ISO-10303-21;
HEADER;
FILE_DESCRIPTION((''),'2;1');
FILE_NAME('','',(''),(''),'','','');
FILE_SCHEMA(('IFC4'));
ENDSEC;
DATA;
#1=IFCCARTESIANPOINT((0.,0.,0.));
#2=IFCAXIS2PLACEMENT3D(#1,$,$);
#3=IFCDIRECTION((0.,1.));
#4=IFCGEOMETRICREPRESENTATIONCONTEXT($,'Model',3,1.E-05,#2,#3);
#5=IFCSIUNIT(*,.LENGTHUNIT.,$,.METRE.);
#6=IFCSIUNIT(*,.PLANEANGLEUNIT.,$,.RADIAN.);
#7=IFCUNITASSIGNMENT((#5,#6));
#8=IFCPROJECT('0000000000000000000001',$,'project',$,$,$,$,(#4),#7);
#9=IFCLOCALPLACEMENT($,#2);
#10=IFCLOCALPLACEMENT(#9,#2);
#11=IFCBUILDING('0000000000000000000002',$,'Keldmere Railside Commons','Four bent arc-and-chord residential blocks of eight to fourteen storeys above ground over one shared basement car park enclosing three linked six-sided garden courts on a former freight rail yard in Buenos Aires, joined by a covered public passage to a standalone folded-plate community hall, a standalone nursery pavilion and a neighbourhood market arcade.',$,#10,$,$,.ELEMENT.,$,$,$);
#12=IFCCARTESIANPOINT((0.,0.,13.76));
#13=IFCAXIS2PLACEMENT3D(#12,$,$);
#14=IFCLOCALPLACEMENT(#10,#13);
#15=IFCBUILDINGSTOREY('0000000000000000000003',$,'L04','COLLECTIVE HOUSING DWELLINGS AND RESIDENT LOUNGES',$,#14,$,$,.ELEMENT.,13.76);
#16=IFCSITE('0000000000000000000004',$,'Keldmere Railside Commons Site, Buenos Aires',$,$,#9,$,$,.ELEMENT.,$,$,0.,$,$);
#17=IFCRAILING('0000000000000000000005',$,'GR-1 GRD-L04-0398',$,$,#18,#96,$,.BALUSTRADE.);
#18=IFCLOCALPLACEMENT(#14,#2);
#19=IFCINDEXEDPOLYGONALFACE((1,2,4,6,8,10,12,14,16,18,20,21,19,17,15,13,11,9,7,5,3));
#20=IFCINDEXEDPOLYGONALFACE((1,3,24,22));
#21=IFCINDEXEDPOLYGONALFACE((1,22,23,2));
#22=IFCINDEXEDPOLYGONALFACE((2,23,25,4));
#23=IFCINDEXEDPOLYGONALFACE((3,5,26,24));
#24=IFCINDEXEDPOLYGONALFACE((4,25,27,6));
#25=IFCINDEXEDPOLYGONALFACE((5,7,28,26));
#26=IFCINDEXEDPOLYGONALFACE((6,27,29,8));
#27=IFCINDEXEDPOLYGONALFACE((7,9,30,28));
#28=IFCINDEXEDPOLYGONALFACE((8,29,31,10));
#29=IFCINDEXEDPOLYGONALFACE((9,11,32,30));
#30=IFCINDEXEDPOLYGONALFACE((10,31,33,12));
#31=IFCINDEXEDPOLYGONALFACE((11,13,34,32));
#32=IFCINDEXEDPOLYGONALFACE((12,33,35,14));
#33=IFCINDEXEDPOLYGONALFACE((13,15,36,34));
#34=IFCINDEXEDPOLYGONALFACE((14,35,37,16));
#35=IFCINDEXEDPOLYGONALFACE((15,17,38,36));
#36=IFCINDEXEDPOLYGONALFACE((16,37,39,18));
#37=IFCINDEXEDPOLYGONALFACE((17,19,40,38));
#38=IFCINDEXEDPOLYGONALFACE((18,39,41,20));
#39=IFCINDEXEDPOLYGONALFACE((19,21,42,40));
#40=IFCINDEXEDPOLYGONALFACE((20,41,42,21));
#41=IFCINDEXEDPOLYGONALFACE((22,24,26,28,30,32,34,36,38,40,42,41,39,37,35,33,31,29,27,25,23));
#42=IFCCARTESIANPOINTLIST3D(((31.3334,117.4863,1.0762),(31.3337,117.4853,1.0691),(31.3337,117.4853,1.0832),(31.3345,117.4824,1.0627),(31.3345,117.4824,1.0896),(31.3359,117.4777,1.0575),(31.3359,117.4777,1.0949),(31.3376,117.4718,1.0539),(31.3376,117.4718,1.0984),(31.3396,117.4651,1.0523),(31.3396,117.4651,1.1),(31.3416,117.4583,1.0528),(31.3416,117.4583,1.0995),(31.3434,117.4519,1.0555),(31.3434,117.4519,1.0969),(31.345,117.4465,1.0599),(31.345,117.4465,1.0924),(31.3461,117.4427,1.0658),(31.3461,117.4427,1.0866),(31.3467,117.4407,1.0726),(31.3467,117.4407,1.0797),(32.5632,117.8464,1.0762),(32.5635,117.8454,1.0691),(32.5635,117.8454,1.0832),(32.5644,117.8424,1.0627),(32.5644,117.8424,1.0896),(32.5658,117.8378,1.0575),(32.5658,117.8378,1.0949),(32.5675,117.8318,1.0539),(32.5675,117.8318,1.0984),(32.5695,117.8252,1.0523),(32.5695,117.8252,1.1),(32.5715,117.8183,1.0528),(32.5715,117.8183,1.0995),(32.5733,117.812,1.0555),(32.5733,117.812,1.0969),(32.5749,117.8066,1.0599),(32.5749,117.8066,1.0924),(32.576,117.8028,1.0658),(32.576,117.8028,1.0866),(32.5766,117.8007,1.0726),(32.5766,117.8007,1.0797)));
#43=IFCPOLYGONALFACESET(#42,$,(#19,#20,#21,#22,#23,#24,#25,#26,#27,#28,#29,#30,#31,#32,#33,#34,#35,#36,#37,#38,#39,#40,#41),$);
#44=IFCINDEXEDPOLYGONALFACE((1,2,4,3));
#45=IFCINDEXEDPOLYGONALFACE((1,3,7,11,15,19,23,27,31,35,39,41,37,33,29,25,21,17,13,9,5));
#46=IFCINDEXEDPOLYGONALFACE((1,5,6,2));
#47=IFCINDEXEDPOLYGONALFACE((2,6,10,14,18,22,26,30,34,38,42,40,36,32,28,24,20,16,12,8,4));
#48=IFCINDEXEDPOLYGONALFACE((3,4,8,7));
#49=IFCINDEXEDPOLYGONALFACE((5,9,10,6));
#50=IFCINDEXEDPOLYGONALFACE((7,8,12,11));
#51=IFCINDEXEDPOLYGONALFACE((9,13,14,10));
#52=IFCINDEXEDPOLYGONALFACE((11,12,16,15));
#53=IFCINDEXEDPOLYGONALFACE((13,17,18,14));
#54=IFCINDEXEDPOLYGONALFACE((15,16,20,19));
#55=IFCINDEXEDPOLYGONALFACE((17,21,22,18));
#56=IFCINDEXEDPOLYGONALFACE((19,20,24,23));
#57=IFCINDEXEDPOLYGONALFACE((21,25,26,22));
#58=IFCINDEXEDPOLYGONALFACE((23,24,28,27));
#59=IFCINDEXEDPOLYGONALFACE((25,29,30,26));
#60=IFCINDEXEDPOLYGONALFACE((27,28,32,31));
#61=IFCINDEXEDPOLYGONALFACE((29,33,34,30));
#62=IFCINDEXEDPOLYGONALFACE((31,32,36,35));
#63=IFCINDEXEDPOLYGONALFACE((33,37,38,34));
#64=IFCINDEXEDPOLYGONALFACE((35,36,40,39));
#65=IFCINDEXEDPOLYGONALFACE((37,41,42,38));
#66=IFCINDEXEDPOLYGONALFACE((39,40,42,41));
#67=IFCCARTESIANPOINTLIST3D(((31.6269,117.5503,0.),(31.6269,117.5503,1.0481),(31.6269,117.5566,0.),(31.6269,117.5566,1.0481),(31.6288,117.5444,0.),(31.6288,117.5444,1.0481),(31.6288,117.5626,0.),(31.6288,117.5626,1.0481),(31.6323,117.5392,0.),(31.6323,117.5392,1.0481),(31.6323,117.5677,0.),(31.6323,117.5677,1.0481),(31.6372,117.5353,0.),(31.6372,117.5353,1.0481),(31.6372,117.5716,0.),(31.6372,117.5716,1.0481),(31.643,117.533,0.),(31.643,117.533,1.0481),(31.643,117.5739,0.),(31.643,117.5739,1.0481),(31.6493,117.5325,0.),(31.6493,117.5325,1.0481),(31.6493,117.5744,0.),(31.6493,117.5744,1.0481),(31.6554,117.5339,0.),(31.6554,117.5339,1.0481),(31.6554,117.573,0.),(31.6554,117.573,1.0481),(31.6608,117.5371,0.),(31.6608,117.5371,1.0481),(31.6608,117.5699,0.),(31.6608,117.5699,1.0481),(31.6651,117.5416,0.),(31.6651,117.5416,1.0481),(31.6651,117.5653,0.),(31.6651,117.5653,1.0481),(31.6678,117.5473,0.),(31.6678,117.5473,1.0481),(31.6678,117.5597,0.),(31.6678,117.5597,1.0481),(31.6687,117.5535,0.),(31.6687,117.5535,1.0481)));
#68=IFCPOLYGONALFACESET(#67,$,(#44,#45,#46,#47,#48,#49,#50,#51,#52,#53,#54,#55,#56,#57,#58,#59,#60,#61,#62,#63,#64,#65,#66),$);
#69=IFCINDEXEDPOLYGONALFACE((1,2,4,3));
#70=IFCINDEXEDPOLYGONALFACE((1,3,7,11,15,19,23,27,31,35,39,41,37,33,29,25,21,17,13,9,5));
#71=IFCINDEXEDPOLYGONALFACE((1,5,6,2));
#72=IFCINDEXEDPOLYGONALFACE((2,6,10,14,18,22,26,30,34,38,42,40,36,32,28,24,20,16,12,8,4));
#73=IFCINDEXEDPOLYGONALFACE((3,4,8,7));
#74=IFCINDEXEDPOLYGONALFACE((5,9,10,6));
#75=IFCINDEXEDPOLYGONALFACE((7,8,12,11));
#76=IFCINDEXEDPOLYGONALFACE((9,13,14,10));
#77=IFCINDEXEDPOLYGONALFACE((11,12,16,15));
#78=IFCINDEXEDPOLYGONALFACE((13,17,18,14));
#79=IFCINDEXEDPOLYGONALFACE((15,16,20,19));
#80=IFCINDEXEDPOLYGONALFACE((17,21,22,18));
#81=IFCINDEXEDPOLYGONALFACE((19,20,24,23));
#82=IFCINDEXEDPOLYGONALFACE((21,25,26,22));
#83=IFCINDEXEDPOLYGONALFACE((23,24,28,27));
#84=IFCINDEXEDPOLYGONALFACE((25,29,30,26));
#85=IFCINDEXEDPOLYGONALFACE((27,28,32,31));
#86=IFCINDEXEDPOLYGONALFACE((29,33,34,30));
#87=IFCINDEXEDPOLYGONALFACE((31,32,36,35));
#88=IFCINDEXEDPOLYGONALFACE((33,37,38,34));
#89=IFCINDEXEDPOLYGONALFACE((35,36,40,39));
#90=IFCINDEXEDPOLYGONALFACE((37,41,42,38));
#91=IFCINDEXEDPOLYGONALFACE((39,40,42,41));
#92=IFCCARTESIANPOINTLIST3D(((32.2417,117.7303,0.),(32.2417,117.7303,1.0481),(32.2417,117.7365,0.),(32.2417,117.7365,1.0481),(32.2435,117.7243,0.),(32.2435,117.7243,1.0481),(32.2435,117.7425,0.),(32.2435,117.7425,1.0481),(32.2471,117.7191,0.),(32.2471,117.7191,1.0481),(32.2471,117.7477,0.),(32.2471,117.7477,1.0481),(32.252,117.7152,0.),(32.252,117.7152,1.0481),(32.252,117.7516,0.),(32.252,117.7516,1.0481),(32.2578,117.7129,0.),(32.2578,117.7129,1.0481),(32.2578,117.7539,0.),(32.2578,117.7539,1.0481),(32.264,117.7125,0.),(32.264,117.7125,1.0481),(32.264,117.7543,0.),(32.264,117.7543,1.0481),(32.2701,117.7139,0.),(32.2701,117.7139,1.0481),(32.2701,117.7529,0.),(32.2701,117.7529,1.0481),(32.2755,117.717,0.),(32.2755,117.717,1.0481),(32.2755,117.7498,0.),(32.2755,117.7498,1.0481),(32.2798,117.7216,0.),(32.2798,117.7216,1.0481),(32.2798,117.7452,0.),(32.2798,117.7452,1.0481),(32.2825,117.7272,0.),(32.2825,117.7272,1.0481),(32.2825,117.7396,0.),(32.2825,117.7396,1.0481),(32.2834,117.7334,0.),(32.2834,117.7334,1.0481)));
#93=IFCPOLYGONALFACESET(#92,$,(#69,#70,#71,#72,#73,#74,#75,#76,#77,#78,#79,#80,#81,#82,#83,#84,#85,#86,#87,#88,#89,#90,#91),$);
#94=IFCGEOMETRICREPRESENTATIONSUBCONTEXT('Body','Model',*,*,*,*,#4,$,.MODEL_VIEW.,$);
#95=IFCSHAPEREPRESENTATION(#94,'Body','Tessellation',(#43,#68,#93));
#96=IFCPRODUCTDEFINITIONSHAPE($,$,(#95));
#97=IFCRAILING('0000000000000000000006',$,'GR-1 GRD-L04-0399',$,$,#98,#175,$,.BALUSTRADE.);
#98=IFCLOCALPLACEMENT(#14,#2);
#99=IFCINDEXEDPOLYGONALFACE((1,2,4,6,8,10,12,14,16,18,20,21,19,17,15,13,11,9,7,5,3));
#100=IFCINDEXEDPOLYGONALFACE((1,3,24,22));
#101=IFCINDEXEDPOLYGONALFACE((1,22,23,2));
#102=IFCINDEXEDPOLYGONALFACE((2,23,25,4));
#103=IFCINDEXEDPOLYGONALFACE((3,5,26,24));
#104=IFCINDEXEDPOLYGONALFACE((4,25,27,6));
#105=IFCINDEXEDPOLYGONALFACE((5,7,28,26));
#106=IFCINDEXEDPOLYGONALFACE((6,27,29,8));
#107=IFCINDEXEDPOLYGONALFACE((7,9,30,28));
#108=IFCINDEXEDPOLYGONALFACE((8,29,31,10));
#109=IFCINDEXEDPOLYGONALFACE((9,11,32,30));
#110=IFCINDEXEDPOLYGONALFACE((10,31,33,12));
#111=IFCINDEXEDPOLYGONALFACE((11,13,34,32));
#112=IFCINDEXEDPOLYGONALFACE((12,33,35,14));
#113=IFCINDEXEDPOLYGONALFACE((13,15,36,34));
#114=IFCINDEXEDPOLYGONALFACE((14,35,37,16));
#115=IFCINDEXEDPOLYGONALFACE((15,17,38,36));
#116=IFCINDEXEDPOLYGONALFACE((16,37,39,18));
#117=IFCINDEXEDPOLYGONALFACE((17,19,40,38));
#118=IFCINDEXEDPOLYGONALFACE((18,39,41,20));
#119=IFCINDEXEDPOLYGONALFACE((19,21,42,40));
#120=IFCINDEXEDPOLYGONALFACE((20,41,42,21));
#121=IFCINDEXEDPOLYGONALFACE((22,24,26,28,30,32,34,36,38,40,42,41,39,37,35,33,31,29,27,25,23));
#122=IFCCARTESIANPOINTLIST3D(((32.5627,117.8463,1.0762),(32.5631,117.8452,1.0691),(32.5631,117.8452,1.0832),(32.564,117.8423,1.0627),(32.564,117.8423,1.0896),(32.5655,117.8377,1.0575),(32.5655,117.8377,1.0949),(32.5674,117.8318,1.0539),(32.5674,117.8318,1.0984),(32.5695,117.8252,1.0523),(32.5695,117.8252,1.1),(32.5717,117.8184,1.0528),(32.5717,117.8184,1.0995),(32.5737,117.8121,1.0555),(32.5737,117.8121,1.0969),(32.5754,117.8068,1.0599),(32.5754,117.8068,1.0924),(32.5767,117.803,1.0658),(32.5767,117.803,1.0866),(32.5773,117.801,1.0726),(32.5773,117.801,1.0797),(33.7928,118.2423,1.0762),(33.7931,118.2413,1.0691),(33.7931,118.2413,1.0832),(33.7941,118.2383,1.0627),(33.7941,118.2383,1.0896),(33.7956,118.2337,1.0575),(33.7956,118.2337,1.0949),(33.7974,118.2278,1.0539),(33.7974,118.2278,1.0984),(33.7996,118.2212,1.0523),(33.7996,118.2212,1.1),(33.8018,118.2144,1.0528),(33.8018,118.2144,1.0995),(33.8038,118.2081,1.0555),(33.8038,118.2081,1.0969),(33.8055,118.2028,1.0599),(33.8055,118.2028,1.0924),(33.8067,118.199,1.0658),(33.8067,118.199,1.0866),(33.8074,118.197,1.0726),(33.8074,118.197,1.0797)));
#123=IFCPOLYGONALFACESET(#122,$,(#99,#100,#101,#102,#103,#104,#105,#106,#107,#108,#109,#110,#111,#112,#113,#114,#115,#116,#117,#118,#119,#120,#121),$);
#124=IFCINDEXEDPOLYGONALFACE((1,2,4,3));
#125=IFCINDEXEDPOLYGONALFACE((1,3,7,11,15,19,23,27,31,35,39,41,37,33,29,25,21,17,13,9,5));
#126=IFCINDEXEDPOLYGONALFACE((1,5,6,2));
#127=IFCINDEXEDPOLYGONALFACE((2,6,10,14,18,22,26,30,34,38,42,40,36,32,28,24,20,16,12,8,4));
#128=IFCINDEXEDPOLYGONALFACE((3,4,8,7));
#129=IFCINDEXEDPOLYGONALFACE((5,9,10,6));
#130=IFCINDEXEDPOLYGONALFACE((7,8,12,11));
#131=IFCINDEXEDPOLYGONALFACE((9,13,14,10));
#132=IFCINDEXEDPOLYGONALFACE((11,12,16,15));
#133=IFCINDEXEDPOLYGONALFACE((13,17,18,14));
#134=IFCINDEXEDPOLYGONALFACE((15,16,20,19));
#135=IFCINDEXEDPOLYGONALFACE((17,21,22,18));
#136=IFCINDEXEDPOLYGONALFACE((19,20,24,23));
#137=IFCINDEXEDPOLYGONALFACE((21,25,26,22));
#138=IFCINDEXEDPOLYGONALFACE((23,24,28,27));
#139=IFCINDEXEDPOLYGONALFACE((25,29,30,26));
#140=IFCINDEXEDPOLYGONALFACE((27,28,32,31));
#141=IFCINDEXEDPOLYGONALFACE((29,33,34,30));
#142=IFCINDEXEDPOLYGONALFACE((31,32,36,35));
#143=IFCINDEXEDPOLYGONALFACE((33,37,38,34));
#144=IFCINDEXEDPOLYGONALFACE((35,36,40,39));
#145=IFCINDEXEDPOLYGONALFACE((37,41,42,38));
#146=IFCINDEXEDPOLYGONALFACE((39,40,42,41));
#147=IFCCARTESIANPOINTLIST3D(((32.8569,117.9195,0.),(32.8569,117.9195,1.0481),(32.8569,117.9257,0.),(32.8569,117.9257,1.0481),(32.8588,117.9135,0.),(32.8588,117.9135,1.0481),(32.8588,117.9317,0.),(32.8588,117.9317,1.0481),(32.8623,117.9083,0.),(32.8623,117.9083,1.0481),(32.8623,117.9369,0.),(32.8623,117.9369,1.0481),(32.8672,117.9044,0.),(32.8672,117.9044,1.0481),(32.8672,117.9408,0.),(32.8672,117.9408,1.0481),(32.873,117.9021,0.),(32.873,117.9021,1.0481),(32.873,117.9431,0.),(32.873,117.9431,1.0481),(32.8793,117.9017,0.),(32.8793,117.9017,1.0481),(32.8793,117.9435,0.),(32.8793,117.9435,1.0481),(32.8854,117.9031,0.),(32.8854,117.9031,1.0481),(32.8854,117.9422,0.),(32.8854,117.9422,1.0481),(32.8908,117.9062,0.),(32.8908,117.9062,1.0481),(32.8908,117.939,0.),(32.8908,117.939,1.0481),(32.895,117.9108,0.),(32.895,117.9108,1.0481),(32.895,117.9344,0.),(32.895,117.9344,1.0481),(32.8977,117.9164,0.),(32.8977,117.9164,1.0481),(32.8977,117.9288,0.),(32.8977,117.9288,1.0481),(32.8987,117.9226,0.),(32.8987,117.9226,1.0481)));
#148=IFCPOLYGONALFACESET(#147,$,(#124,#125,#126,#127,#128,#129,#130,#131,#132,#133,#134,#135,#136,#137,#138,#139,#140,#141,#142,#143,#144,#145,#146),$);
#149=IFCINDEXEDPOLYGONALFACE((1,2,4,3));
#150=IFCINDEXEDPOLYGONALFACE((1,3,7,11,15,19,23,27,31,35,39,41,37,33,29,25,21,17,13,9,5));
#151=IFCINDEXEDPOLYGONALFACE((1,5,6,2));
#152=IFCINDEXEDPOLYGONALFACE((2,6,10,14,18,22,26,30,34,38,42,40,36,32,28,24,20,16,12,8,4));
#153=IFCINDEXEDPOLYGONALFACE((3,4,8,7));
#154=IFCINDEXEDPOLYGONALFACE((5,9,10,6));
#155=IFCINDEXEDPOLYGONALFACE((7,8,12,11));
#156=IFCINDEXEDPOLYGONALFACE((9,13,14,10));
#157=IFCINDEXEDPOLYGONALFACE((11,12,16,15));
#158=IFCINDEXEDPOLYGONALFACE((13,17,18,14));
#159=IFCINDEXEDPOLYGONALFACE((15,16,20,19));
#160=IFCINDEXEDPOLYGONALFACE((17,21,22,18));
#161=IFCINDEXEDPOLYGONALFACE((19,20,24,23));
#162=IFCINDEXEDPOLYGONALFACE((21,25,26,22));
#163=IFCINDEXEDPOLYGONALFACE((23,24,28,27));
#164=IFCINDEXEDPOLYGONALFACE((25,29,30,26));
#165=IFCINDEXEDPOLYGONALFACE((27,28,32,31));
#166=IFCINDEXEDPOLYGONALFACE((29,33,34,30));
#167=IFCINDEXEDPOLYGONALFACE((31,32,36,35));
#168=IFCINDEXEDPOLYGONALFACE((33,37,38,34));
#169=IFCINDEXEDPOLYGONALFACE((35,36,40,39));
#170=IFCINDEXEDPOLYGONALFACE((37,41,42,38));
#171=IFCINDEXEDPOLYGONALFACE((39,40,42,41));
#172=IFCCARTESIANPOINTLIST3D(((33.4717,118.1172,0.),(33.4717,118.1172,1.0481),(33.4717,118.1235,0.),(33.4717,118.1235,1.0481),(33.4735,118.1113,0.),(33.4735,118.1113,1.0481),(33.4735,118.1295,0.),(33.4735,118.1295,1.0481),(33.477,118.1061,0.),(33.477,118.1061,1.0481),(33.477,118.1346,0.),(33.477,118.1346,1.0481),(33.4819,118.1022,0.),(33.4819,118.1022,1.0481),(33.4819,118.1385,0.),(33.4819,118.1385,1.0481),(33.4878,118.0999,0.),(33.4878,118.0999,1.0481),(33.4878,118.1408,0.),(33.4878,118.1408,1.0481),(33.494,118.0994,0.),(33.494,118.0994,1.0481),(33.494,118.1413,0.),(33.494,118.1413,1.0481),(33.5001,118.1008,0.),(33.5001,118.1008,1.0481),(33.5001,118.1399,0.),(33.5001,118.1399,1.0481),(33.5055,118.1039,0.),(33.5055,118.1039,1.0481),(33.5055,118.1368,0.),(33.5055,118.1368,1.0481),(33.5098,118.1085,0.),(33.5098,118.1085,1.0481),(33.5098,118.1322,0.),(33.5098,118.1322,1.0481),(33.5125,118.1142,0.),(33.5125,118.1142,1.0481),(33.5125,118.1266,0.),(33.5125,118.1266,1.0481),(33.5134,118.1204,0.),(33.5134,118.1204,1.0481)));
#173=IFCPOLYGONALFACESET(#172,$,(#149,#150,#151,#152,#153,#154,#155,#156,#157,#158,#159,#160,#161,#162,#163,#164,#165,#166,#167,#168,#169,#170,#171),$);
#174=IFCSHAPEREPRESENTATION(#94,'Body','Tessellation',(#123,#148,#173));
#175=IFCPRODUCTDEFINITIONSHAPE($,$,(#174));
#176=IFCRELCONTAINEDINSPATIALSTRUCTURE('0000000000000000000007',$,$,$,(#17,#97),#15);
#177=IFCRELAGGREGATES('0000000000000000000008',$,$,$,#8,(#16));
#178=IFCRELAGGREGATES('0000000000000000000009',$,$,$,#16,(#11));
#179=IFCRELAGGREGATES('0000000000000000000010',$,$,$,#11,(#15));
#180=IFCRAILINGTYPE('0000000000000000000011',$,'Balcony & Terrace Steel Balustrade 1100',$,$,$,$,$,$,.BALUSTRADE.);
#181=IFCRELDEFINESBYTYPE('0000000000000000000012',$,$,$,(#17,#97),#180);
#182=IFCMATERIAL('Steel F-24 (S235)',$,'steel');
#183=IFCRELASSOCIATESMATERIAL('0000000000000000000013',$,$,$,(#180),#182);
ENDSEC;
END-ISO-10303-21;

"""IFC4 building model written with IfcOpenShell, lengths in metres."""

from ifc_helpers import new_model, si_unit, direction, frame, origin, origin_2d, place, context, subcontext, project, spatial, circle, extrude, material, type_object, element, save


model = new_model("IFC4")

# Units and contexts
model_context = context("Model", 3, precision=1e-05, world=origin(), true_north=direction((0.0, 1.0)))
body_context = subcontext(model_context, "Body", "Model", "MODEL_VIEW")
ifc_project = project(units=[si_unit("LENGTHUNIT", "METRE"), si_unit("PLANEANGLEUNIT", "RADIAN")], contexts=[model_context])

# Site, building, storey
site_placement = place(None, origin())
site = spatial("IfcSite", under=ifc_project, at=site_placement, Name="Keldmere Railside Commons Site, Buenos Aires", CompositionType="ELEMENT", RefElevation=0.0)
building_placement = place(site_placement, origin())
building = spatial("IfcBuilding", under=site, at=building_placement, Name="Keldmere Railside Commons", Description="Four bent arc-and-chord residential blocks of eight to fourteen storeys above ground over one shared basement car park enclosing three linked six-sided garden courts on a former freight rail yard in Buenos Aires, joined by a covered public passage to a standalone folded-plate community hall, a standalone nursery pavilion and a neighbourhood market arcade.", CompositionType="ELEMENT")
storey_placement = place(building_placement, frame((0.0, 0.0, 13.76)))
storey = spatial("IfcBuildingStorey", under=building, at=storey_placement, Name="L04", Description="COLLECTIVE HOUSING DWELLINGS AND RESIDENT LOUNGES", CompositionType="ELEMENT", Elevation=13.76)

# Railings
ifc_material_1 = material(Name="Steel F-24 (S235)", Category="steel")
railing_type = type_object("IfcRailingType", Name="Balcony & Terrace Steel Balustrade 1100", PredefinedType="BALUSTRADE", material=ifc_material_1)
railing_1_placement = place(storey_placement, frame((31.3401, 117.4634, 0.0)))
element("IfcRailing", 1, at=railing_1_placement, inside=storey, type_object=railing_type, Name="GR-1 GRD-L04-0398", PredefinedType="BALUSTRADE", context=body_context, shape_type="SweptSolid", body=[
    extrude(circle(Radius=0.0239, at=origin_2d()), frame((0.0, 0.0, 1.0762), z_axis=(0.959714, 0.28098, 0.0), x_axis=(-0.28098, 0.959714, 0.0)), (0.0, 0.0, 1.0), 1.2815),
    extrude(circle(Radius=0.021, at=origin_2d()), frame((0.3076, 0.0901, 0.0)), (0.0, 0.0, 1.0), 1.0481),
    extrude(circle(Radius=0.021, at=origin_2d()), frame((0.9224, 0.27, 0.0)), (0.0, 0.0, 1.0), 1.0481),
])
railing_2_placement = place(storey_placement, frame((32.5701, 117.8235, 0.0)))
element("IfcRailing", 2, at=railing_2_placement, inside=storey, type_object=railing_type, Name="GR-1 GRD-L04-0399", PredefinedType="BALUSTRADE", context=body_context, shape_type="SweptSolid", body=[
    extrude(circle(Radius=0.0239, at=origin_2d()), frame((0.0, 0.0, 1.0762), z_axis=(0.951883, 0.306462, 0.0), x_axis=(-0.306462, 0.951883, 0.0)), (0.0, 0.0, 1.0), 1.2922),
    extrude(circle(Radius=0.021, at=origin_2d()), frame((0.3076, 0.0991, 0.0)), (0.0, 0.0, 1.0), 1.0481),
    extrude(circle(Radius=0.021, at=origin_2d()), frame((0.9224, 0.2969, 0.0)), (0.0, 0.0, 1.0), 1.0481),
])

save(model, "model.ifc")
